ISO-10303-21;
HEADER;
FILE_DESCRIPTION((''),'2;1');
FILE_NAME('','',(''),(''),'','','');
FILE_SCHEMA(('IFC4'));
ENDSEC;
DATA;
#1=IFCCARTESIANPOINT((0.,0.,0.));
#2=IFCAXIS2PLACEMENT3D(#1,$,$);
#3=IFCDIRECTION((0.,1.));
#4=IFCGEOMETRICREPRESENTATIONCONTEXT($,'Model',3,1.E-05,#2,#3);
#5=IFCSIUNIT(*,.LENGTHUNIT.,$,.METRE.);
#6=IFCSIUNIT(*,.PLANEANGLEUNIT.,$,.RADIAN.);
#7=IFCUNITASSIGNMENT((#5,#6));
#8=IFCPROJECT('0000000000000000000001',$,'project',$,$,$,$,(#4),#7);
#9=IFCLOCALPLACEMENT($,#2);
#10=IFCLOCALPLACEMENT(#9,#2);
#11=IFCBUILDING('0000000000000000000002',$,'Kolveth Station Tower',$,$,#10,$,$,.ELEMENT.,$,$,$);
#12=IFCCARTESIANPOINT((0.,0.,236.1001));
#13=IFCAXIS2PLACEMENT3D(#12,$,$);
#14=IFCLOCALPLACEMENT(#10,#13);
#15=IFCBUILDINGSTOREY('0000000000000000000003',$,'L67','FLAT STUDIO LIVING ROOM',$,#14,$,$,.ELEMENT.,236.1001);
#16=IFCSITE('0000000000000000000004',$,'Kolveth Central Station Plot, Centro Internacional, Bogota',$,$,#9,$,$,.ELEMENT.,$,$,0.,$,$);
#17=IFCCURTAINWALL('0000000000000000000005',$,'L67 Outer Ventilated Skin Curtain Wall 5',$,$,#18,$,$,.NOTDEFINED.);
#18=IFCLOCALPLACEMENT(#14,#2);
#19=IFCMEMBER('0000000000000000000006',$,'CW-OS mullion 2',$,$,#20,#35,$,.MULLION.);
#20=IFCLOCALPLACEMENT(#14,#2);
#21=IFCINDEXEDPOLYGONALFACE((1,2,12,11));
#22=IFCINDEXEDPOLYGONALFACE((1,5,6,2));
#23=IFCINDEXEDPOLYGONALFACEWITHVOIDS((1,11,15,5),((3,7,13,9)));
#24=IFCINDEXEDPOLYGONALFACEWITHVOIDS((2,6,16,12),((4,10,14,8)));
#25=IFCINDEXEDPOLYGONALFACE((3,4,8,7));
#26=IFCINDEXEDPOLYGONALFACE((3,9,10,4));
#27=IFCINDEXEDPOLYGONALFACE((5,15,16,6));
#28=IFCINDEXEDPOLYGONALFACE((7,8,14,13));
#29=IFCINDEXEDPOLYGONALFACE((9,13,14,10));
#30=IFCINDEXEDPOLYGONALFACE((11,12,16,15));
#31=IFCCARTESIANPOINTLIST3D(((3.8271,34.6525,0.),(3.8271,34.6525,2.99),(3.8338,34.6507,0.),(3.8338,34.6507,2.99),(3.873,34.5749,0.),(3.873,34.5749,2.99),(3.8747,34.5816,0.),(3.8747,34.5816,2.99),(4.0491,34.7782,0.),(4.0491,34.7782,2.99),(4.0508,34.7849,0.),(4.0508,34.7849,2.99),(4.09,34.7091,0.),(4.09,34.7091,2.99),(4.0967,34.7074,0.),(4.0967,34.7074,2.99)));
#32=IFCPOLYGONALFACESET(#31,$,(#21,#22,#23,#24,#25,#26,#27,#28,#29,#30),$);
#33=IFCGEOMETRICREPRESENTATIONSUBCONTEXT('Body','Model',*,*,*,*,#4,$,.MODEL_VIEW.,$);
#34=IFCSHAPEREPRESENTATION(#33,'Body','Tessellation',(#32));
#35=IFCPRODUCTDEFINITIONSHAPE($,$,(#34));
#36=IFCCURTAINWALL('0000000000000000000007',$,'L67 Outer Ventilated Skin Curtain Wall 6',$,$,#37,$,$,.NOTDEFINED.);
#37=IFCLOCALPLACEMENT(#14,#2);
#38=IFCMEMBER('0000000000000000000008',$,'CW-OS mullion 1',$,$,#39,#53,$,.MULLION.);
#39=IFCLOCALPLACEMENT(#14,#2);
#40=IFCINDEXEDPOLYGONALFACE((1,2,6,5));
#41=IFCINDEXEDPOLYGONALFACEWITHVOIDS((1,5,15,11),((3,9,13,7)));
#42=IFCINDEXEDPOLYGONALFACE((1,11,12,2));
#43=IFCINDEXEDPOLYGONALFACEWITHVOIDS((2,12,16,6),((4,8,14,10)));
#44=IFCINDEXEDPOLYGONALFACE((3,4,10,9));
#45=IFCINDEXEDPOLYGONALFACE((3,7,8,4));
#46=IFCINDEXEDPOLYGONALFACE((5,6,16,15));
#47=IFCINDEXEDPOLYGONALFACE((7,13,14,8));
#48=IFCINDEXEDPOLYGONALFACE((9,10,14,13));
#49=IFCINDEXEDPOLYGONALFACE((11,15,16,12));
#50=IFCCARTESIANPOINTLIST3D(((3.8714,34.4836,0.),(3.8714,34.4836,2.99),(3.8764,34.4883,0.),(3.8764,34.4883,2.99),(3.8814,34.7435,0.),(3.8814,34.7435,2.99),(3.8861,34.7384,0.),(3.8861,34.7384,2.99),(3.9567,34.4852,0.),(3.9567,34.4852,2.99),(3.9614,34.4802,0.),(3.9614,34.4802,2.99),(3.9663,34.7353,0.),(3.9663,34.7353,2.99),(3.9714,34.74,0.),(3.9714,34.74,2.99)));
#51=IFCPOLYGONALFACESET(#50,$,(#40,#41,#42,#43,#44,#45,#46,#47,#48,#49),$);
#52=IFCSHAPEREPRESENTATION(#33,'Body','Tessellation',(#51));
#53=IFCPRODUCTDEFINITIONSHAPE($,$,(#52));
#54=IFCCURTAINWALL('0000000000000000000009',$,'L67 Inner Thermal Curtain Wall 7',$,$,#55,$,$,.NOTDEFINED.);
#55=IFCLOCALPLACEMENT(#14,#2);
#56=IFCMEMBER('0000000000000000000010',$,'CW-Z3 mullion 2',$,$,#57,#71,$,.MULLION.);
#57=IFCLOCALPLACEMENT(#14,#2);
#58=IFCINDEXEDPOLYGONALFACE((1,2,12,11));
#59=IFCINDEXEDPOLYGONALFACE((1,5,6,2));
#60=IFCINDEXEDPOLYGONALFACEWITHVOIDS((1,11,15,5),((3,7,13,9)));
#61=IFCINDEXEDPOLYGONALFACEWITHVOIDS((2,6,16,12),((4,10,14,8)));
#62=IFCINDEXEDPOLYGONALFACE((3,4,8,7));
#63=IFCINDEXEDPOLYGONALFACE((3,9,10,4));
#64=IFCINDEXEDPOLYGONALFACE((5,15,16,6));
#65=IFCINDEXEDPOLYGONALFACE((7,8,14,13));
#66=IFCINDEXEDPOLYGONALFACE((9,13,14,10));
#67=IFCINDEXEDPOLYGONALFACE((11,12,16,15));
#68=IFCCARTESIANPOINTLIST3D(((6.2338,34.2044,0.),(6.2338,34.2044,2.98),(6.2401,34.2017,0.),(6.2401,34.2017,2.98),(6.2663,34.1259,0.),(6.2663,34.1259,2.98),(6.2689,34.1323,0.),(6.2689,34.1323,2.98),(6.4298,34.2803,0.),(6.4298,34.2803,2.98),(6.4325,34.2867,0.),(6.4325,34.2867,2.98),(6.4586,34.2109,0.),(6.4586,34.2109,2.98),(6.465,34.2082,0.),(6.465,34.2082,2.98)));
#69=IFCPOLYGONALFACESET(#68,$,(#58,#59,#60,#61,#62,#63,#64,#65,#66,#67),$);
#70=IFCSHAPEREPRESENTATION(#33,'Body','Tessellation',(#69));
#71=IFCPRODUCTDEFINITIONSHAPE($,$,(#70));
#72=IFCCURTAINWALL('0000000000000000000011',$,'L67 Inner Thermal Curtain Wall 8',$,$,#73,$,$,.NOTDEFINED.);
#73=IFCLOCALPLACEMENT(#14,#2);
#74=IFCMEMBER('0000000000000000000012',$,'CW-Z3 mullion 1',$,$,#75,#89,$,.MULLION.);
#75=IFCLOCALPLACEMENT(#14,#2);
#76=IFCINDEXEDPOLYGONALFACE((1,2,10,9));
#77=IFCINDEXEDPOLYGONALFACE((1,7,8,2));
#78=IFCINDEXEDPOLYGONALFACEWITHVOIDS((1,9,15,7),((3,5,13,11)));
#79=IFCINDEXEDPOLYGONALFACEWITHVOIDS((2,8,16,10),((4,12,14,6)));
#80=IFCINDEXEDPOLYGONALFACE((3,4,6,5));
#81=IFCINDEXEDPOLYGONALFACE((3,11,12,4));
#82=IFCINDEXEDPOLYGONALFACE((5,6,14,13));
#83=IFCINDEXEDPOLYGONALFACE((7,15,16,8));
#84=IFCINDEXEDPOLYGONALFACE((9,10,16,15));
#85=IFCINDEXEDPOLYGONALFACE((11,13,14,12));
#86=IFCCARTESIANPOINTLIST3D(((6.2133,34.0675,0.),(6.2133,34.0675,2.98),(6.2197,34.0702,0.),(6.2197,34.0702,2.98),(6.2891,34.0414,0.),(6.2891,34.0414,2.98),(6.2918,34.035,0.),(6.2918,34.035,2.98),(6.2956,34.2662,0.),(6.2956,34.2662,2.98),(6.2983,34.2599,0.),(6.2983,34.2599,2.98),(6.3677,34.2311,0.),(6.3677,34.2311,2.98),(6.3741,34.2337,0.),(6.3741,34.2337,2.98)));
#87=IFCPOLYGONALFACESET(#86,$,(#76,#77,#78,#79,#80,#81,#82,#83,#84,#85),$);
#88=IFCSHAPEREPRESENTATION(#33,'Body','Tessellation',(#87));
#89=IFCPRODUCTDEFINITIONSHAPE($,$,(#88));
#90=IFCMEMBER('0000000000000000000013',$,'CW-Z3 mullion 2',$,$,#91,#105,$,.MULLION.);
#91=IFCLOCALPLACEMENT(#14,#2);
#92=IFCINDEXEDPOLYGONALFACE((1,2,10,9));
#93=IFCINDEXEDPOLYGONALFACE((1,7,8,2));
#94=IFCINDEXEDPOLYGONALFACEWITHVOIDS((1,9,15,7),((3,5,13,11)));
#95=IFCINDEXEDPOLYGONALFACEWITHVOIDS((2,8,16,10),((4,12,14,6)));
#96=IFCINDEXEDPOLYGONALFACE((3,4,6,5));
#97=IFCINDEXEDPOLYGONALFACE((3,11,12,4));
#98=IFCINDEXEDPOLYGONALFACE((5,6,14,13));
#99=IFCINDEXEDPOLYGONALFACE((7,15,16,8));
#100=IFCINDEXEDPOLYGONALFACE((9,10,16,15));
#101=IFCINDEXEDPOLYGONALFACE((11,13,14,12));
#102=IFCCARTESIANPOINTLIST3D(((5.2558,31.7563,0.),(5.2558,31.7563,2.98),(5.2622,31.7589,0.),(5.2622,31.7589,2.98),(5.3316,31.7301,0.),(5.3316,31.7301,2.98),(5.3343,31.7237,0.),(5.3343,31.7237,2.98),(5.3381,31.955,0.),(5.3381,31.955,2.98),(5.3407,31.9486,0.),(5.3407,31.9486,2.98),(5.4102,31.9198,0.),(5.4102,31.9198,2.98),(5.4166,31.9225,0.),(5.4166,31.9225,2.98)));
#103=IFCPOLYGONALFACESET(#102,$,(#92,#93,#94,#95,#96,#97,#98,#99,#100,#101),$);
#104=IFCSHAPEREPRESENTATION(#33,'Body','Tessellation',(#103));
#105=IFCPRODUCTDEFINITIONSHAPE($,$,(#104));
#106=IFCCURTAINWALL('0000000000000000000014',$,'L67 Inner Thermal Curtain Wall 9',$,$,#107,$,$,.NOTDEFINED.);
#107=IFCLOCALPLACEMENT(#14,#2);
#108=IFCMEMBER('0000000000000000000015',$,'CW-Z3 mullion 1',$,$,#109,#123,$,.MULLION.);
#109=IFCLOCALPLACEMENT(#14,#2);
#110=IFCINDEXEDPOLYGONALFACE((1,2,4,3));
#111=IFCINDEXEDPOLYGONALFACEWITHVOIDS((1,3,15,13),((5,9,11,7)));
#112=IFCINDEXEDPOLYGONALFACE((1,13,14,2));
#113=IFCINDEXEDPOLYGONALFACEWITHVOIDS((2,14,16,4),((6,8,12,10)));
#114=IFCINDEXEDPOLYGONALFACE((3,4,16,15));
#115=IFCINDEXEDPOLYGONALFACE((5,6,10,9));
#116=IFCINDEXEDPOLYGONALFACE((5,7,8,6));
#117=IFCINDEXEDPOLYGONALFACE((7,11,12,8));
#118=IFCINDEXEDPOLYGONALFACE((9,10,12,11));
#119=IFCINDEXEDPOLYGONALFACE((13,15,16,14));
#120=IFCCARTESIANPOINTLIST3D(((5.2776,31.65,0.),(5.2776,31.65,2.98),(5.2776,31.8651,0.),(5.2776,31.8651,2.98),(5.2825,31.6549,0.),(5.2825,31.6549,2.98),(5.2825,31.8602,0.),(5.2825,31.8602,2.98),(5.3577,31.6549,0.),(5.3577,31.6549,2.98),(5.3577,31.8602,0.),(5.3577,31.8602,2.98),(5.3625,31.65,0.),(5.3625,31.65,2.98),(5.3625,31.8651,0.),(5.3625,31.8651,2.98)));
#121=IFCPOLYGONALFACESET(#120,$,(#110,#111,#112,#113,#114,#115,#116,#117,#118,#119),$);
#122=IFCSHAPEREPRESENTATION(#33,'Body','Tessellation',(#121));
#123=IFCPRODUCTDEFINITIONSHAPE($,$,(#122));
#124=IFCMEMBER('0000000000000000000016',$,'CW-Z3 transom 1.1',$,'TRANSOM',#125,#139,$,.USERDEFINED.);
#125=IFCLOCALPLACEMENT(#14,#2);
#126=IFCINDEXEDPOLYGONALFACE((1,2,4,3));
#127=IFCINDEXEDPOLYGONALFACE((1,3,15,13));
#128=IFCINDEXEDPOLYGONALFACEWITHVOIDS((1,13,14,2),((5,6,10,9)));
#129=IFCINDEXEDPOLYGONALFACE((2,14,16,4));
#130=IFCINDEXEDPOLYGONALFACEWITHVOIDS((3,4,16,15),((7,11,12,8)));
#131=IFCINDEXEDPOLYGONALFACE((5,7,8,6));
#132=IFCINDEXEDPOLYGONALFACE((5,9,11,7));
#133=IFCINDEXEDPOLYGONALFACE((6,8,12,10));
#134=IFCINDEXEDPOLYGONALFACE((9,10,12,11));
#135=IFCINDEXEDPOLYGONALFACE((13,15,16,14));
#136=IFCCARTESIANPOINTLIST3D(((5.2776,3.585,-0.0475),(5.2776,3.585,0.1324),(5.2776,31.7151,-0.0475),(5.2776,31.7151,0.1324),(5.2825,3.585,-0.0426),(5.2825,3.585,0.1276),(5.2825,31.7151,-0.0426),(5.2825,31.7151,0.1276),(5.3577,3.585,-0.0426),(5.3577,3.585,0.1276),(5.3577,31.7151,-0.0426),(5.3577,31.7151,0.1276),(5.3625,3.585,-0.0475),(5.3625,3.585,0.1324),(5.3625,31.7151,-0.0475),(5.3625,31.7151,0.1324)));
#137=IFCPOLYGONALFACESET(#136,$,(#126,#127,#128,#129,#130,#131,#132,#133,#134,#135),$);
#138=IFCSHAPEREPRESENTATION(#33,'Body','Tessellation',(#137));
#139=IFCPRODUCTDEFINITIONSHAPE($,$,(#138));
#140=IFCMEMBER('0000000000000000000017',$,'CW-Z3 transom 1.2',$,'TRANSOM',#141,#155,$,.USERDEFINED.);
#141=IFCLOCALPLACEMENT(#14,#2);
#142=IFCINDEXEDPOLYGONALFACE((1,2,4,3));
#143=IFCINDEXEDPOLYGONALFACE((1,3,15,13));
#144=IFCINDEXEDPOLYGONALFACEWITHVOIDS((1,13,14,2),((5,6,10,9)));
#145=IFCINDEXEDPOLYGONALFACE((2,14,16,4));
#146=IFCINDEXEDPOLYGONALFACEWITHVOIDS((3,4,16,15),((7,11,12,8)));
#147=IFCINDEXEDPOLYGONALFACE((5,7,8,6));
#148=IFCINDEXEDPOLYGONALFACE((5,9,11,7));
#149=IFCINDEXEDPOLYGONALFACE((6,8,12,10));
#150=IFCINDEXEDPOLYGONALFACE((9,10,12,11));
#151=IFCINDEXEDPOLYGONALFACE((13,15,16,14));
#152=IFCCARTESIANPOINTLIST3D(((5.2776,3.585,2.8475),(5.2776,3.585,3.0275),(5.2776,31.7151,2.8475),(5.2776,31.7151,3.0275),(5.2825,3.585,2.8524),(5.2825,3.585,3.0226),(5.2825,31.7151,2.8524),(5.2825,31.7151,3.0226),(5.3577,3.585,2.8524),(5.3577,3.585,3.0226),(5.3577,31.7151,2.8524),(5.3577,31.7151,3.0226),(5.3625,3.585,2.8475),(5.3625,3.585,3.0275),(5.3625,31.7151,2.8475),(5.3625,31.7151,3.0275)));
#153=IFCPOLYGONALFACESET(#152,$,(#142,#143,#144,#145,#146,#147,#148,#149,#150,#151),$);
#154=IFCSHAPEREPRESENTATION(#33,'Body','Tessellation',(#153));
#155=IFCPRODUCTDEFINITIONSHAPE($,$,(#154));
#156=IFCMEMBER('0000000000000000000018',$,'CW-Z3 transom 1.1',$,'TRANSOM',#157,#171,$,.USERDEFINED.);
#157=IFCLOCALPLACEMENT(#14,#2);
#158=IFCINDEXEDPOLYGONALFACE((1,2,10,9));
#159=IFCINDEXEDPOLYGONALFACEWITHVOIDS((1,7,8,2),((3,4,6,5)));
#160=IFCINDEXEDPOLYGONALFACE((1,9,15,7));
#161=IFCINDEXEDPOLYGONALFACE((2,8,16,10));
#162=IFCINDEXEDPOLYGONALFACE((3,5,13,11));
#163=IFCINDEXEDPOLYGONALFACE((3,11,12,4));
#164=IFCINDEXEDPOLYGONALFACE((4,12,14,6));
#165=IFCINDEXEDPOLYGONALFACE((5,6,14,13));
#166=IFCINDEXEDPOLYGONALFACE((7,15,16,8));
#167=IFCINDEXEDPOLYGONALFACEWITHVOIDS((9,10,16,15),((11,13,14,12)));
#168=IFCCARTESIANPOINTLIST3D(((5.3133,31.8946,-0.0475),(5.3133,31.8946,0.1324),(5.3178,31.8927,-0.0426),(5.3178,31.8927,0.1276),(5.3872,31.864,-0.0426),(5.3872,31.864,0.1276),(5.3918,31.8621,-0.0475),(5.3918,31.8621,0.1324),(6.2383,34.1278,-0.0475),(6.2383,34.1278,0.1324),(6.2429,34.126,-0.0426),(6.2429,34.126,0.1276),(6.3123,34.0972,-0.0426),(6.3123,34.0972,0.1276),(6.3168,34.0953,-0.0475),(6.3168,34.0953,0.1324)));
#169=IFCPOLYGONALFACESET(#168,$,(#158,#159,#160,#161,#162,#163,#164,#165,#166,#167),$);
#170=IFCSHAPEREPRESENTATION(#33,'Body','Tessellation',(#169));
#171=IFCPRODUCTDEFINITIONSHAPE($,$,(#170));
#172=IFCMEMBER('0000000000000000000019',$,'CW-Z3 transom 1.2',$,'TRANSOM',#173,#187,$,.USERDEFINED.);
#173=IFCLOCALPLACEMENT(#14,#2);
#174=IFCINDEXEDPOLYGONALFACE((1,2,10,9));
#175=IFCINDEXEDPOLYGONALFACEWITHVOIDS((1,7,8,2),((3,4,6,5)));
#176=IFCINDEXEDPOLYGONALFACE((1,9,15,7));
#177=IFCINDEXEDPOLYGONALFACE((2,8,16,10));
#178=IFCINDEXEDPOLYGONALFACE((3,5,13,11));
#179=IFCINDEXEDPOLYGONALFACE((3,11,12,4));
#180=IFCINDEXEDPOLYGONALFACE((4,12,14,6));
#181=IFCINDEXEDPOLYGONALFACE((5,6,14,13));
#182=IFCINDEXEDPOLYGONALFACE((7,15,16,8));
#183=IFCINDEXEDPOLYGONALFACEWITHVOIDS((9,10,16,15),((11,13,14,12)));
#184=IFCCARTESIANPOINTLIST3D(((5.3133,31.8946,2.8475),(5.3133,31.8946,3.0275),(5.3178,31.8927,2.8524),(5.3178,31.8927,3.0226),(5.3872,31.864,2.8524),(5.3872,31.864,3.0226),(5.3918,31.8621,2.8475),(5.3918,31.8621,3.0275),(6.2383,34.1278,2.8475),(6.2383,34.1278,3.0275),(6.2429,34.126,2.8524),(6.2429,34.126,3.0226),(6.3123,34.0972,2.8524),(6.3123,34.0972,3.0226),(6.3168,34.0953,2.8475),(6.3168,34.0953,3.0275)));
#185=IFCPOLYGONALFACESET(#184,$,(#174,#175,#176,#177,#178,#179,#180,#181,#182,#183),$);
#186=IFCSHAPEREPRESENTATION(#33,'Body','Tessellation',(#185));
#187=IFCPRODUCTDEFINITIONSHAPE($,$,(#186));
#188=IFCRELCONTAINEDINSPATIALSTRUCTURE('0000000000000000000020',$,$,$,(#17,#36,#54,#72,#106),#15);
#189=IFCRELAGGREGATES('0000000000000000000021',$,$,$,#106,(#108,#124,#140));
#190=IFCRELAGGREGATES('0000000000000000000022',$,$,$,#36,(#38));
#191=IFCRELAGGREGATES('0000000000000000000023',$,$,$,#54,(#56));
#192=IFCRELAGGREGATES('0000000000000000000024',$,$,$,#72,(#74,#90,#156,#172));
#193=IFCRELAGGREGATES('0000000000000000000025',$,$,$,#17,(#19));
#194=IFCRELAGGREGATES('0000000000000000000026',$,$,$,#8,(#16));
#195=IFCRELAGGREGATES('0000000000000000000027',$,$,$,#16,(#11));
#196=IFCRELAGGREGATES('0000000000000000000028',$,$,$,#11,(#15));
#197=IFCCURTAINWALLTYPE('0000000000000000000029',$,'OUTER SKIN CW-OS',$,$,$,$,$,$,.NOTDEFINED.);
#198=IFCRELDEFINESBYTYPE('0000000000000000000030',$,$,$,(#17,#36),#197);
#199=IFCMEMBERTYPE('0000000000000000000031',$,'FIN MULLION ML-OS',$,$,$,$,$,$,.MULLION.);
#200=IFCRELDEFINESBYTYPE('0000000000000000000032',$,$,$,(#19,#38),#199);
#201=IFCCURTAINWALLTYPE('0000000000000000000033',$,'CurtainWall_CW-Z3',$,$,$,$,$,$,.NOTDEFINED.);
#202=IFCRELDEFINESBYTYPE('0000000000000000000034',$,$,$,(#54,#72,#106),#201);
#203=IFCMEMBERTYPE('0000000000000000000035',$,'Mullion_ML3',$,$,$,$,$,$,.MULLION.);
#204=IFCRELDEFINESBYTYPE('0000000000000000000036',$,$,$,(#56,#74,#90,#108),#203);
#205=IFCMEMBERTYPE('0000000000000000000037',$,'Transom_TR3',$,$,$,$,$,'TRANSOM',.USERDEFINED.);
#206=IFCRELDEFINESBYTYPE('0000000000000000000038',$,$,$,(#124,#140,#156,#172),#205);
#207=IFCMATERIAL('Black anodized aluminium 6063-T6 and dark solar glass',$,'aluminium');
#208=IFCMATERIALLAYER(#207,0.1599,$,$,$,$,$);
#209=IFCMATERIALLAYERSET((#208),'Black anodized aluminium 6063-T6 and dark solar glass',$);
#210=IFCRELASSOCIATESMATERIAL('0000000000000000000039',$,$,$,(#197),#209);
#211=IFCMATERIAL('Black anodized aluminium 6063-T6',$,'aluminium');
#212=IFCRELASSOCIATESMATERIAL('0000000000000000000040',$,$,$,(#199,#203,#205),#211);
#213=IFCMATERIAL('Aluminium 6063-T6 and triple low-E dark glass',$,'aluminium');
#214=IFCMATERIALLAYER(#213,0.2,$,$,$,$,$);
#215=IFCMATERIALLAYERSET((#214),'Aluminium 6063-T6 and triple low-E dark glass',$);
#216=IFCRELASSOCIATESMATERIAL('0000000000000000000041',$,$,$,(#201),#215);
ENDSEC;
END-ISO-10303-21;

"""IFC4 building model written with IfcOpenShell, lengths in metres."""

from ifc_helpers import new_model, si_unit, direction, frame, origin, origin_2d, place, context, subcontext, project, spatial, hollow_rectangle, extrude, source, transform, mapped, material, layer, layer_set, material_profile, profile_set, type_object, element, aggregate, save


model = new_model("IFC4")

# Units and contexts
model_context = context("Model", 3, precision=1e-05, world=origin(), true_north=direction((0.0, 1.0)))
body_context = subcontext(model_context, "Body", "Model", "MODEL_VIEW")
ifc_project = project(units=[si_unit("LENGTHUNIT", "METRE"), si_unit("PLANEANGLEUNIT", "RADIAN")], contexts=[model_context])

# Site, building, storey
site_placement = place(None, origin())
site = spatial("IfcSite", under=ifc_project, at=site_placement, Name="Kolveth Central Station Plot, Centro Internacional, Bogota", CompositionType="ELEMENT", RefElevation=0.0)
building_placement = place(site_placement, origin())
building = spatial("IfcBuilding", under=site, at=building_placement, Name="Kolveth Station Tower", CompositionType="ELEMENT")
storey_placement = place(building_placement, frame((0.0, 0.0, 236.1001)))
storey = spatial("IfcBuildingStorey", under=building, at=storey_placement, Name="L67", Description="FLAT STUDIO LIVING ROOM", CompositionType="ELEMENT", Elevation=236.1001)

# Curtain walls, members
ifc_material_1 = material(Name="Black anodized aluminium 6063-T6 and dark solar glass", Category="aluminium")
ifc_layer_1 = layer(ifc_material_1, 0.1599)
ifc_layer_set_1 = layer_set([ifc_layer_1], Name="Black anodized aluminium 6063-T6 and dark solar glass")
curtain_wall_type_1 = type_object("IfcCurtainWallType", Name="OUTER SKIN CW-OS", PredefinedType="NOTDEFINED", material=ifc_layer_set_1)
curtain_wall_1_placement = place(storey_placement, origin())
curtain_wall_1 = element("IfcCurtainWall", 1, at=curtain_wall_1_placement, inside=storey, type_object=curtain_wall_type_1, Name="L67 Outer Ventilated Skin Curtain Wall 5", PredefinedType="NOTDEFINED")
ifc_material_2 = material(Name="Black anodized aluminium 6063-T6", Category="aluminium")
ifc_material_profile_1 = material_profile(ifc_material_2, hollow_rectangle(XDim=0.0901, YDim=0.26, WallThickness=0.0049, at=origin_2d()), Name="ALU-90x260x5")
ifc_profile_set_1 = profile_set([ifc_material_profile_1], Name="Black anodized aluminium 6063-T6")
member_type_1 = type_object("IfcMemberType", Name="FIN MULLION ML-OS", PredefinedType="MULLION", material=ifc_profile_set_1)
shared_shape_1 = source(origin(), body_context, "Body", "SweptSolid", [
    extrude(hollow_rectangle(XDim=0.0901, YDim=0.26, WallThickness=0.0049, at=origin_2d()), origin(), (0.0, 0.0, 1.0), 2.99),
])
member_1_placement = place(storey_placement, frame((3.9619, 34.6799, 0.0), z_axis=(0.0, 0.0, 1.0), x_axis=(0.509468, -0.86049, 0.0)))
member_1 = element("IfcMember", 2, at=member_1_placement, type_object=member_type_1, Name="CW-OS mullion 2", PredefinedType="MULLION", context=body_context, shape_type="MappedRepresentation", body=[
    mapped(shared_shape_1, transform((0.0, 0.0, 0.0), x_axis=(1.0, 0.0, 0.0), y_axis=(0.0, 1.0, 0.0), z_axis=(0.0, 0.0, 1.0), scale=1.0)),
])
curtain_wall_2_placement = place(storey_placement, origin())
curtain_wall_2 = element("IfcCurtainWall", 3, at=curtain_wall_2_placement, inside=storey, type_object=curtain_wall_type_1, Name="L67 Outer Ventilated Skin Curtain Wall 6", PredefinedType="NOTDEFINED")
member_2_placement = place(storey_placement, frame((3.9214, 34.6118, 0.0), z_axis=(0.0, 0.0, 1.0), x_axis=(0.999259, -0.038477, 0.0)))
member_2 = element("IfcMember", 4, at=member_2_placement, type_object=member_type_1, Name="CW-OS mullion 1", PredefinedType="MULLION", context=body_context, shape_type="MappedRepresentation", body=[
    mapped(shared_shape_1, transform((0.0, 0.0, 0.0), x_axis=(1.0, 0.0, 0.0), y_axis=(0.0, 1.0, 0.0), z_axis=(0.0, 0.0, 1.0), scale=1.0)),
])
ifc_material_3 = material(Name="Aluminium 6063-T6 and triple low-E dark glass", Category="aluminium")
ifc_layer_2 = layer(ifc_material_3, 0.2)
ifc_layer_set_2 = layer_set([ifc_layer_2], Name="Aluminium 6063-T6 and triple low-E dark glass")
curtain_wall_type_2 = type_object("IfcCurtainWallType", Name="CurtainWall_CW-Z3", PredefinedType="NOTDEFINED", material=ifc_layer_set_2)
curtain_wall_3_placement = place(storey_placement, origin())
curtain_wall_3 = element("IfcCurtainWall", 5, at=curtain_wall_3_placement, inside=storey, type_object=curtain_wall_type_2, Name="L67 Inner Thermal Curtain Wall 7", PredefinedType="NOTDEFINED")
ifc_material_profile_2 = material_profile(ifc_material_2, hollow_rectangle(XDim=0.085, YDim=0.2151, WallThickness=0.0049, at=origin_2d()), Name="ALU-85x215x5")
ifc_profile_set_2 = profile_set([ifc_material_profile_2], Name="Black anodized aluminium 6063-T6")
member_type_2 = type_object("IfcMemberType", Name="Mullion_ML3", PredefinedType="MULLION", material=ifc_profile_set_2)
shared_shape_2 = source(origin(), body_context, "Body", "SweptSolid", [
    extrude(hollow_rectangle(XDim=0.085, YDim=0.2151, WallThickness=0.0049, at=origin_2d()), origin(), (0.0, 0.0, 1.0), 2.98),
])
member_3_placement = place(storey_placement, frame((6.3494, 34.2063, 0.0), z_axis=(0.0, 0.0, 1.0), x_axis=(0.382693, -0.923875, 0.0)))
member_3 = element("IfcMember", 6, at=member_3_placement, type_object=member_type_2, Name="CW-Z3 mullion 2", PredefinedType="MULLION", context=body_context, shape_type="MappedRepresentation", body=[
    mapped(shared_shape_2, transform((0.0, 0.0, 0.0), x_axis=(1.0, 0.0, 0.0), y_axis=(0.0, 1.0, 0.0), z_axis=(0.0, 0.0, 1.0), scale=1.0)),
])

# Curtain walls, members
curtain_wall_4_placement = place(storey_placement, origin())
curtain_wall_4 = element("IfcCurtainWall", 7, at=curtain_wall_4_placement, inside=storey, type_object=curtain_wall_type_2, Name="L67 Inner Thermal Curtain Wall 8", PredefinedType="NOTDEFINED")
member_4_placement = place(storey_placement, frame((6.2937, 34.1506, 0.0), z_axis=(0.0, 0.0, 1.0), x_axis=(0.923875, -0.382693, 0.0)))
member_4 = element("IfcMember", 8, at=member_4_placement, type_object=member_type_2, Name="CW-Z3 mullion 1", PredefinedType="MULLION", context=body_context, shape_type="MappedRepresentation", body=[
    mapped(shared_shape_2, transform((0.0, 0.0, 0.0), x_axis=(1.0, 0.0, 0.0), y_axis=(0.0, 1.0, 0.0), z_axis=(0.0, 0.0, 1.0), scale=1.0)),
])
member_5_placement = place(storey_placement, frame((5.3362, 31.8394, 0.0), z_axis=(0.0, 0.0, 1.0), x_axis=(0.923875, -0.382693, 0.0)))
member_5 = element("IfcMember", 9, at=member_5_placement, type_object=member_type_2, Name="CW-Z3 mullion 2", PredefinedType="MULLION", context=body_context, shape_type="MappedRepresentation", body=[
    mapped(shared_shape_2, transform((0.0, 0.0, 0.0), x_axis=(1.0, 0.0, 0.0), y_axis=(0.0, 1.0, 0.0), z_axis=(0.0, 0.0, 1.0), scale=1.0)),
])
curtain_wall_5_placement = place(storey_placement, origin())
curtain_wall_5 = element("IfcCurtainWall", 10, at=curtain_wall_5_placement, inside=storey, type_object=curtain_wall_type_2, Name="L67 Inner Thermal Curtain Wall 9", PredefinedType="NOTDEFINED")
member_6_placement = place(storey_placement, frame((5.3201, 31.7576, 0.0), z_axis=(0.0, 0.0, 1.0), x_axis=(1.0, 0.0, 0.0)))
member_6 = element("IfcMember", 11, at=member_6_placement, type_object=member_type_2, Name="CW-Z3 mullion 1", PredefinedType="MULLION", context=body_context, shape_type="MappedRepresentation", body=[
    mapped(shared_shape_2, transform((0.0, 0.0, 0.0), x_axis=(1.0, 0.0, 0.0), y_axis=(0.0, 1.0, 0.0), z_axis=(0.0, 0.0, 1.0), scale=1.0)),
])
ifc_material_profile_3 = material_profile(ifc_material_2, hollow_rectangle(XDim=0.085, YDim=0.1799, WallThickness=0.0049, at=origin_2d()), Name="ALU-85x180x5")
ifc_profile_set_3 = profile_set([ifc_material_profile_3], Name="Black anodized aluminium 6063-T6")
member_type_3 = type_object("IfcMemberType", Name="Transom_TR3", ElementType="TRANSOM", PredefinedType="USERDEFINED", material=ifc_profile_set_3)
shared_shape_3 = source(origin(), body_context, "Body", "SweptSolid", [
    extrude(hollow_rectangle(XDim=0.085, YDim=0.1799, WallThickness=0.0049, at=origin_2d()), origin(), (0.0, 0.0, 1.0), 28.1301),
])
member_7_placement = place(storey_placement, frame((5.3201, 31.7151, 0.0425), z_axis=(0.0, -1.0, 0.0), x_axis=(1.0, 0.0, 0.0)))
member_7 = element("IfcMember", 12, at=member_7_placement, type_object=member_type_3, Name="CW-Z3 transom 1.1", ObjectType="TRANSOM", PredefinedType="USERDEFINED", context=body_context, shape_type="MappedRepresentation", body=[
    mapped(shared_shape_3, transform((0.0, 0.0, 0.0), x_axis=(1.0, 0.0, 0.0), y_axis=(0.0, 1.0, 0.0), z_axis=(0.0, 0.0, 1.0), scale=1.0)),
])
member_8_placement = place(storey_placement, frame((5.3201, 31.7151, 2.9375), z_axis=(0.0, -1.0, 0.0), x_axis=(1.0, 0.0, 0.0)))
member_8 = element("IfcMember", 13, at=member_8_placement, type_object=member_type_3, Name="CW-Z3 transom 1.2", ObjectType="TRANSOM", PredefinedType="USERDEFINED", context=body_context, shape_type="MappedRepresentation", body=[
    mapped(shared_shape_3, transform((0.0, 0.0, 0.0), x_axis=(1.0, 0.0, 0.0), y_axis=(0.0, 1.0, 0.0), z_axis=(0.0, 0.0, 1.0), scale=1.0)),
])
aggregate(curtain_wall_5, [member_6, member_7, member_8])

# Members
shared_shape_4 = source(origin(), body_context, "Body", "SweptSolid", [
    extrude(hollow_rectangle(XDim=0.085, YDim=0.1799, WallThickness=0.0049, at=origin_2d()), origin(), (0.0, 0.0, 1.0), 2.4172),
])
member_9_placement = place(storey_placement, frame((6.2776, 34.1116, 0.0425), z_axis=(-0.3827, -0.923873, 0.0), x_axis=(0.923873, -0.3827, 0.0)))
member_9 = element("IfcMember", 14, at=member_9_placement, type_object=member_type_3, Name="CW-Z3 transom 1.1", ObjectType="TRANSOM", PredefinedType="USERDEFINED", context=body_context, shape_type="MappedRepresentation", body=[
    mapped(shared_shape_4, transform((0.0, 0.0, 0.0), x_axis=(1.0, 0.0, 0.0), y_axis=(0.0, 1.0, 0.0), z_axis=(0.0, 0.0, 1.0), scale=1.0)),
])
member_10_placement = place(storey_placement, frame((6.2776, 34.1116, 2.9375), z_axis=(-0.3827, -0.923873, 0.0), x_axis=(0.923873, -0.3827, 0.0)))
member_10 = element("IfcMember", 15, at=member_10_placement, type_object=member_type_3, Name="CW-Z3 transom 1.2", ObjectType="TRANSOM", PredefinedType="USERDEFINED", context=body_context, shape_type="MappedRepresentation", body=[
    mapped(shared_shape_4, transform((0.0, 0.0, 0.0), x_axis=(1.0, 0.0, 0.0), y_axis=(0.0, 1.0, 0.0), z_axis=(0.0, 0.0, 1.0), scale=1.0)),
])
aggregate(curtain_wall_2, [member_2])

aggregate(curtain_wall_3, [member_3])
aggregate(curtain_wall_4, [member_4, member_5, member_9, member_10])
aggregate(curtain_wall_1, [member_1])

save(model, "model.ifc")
